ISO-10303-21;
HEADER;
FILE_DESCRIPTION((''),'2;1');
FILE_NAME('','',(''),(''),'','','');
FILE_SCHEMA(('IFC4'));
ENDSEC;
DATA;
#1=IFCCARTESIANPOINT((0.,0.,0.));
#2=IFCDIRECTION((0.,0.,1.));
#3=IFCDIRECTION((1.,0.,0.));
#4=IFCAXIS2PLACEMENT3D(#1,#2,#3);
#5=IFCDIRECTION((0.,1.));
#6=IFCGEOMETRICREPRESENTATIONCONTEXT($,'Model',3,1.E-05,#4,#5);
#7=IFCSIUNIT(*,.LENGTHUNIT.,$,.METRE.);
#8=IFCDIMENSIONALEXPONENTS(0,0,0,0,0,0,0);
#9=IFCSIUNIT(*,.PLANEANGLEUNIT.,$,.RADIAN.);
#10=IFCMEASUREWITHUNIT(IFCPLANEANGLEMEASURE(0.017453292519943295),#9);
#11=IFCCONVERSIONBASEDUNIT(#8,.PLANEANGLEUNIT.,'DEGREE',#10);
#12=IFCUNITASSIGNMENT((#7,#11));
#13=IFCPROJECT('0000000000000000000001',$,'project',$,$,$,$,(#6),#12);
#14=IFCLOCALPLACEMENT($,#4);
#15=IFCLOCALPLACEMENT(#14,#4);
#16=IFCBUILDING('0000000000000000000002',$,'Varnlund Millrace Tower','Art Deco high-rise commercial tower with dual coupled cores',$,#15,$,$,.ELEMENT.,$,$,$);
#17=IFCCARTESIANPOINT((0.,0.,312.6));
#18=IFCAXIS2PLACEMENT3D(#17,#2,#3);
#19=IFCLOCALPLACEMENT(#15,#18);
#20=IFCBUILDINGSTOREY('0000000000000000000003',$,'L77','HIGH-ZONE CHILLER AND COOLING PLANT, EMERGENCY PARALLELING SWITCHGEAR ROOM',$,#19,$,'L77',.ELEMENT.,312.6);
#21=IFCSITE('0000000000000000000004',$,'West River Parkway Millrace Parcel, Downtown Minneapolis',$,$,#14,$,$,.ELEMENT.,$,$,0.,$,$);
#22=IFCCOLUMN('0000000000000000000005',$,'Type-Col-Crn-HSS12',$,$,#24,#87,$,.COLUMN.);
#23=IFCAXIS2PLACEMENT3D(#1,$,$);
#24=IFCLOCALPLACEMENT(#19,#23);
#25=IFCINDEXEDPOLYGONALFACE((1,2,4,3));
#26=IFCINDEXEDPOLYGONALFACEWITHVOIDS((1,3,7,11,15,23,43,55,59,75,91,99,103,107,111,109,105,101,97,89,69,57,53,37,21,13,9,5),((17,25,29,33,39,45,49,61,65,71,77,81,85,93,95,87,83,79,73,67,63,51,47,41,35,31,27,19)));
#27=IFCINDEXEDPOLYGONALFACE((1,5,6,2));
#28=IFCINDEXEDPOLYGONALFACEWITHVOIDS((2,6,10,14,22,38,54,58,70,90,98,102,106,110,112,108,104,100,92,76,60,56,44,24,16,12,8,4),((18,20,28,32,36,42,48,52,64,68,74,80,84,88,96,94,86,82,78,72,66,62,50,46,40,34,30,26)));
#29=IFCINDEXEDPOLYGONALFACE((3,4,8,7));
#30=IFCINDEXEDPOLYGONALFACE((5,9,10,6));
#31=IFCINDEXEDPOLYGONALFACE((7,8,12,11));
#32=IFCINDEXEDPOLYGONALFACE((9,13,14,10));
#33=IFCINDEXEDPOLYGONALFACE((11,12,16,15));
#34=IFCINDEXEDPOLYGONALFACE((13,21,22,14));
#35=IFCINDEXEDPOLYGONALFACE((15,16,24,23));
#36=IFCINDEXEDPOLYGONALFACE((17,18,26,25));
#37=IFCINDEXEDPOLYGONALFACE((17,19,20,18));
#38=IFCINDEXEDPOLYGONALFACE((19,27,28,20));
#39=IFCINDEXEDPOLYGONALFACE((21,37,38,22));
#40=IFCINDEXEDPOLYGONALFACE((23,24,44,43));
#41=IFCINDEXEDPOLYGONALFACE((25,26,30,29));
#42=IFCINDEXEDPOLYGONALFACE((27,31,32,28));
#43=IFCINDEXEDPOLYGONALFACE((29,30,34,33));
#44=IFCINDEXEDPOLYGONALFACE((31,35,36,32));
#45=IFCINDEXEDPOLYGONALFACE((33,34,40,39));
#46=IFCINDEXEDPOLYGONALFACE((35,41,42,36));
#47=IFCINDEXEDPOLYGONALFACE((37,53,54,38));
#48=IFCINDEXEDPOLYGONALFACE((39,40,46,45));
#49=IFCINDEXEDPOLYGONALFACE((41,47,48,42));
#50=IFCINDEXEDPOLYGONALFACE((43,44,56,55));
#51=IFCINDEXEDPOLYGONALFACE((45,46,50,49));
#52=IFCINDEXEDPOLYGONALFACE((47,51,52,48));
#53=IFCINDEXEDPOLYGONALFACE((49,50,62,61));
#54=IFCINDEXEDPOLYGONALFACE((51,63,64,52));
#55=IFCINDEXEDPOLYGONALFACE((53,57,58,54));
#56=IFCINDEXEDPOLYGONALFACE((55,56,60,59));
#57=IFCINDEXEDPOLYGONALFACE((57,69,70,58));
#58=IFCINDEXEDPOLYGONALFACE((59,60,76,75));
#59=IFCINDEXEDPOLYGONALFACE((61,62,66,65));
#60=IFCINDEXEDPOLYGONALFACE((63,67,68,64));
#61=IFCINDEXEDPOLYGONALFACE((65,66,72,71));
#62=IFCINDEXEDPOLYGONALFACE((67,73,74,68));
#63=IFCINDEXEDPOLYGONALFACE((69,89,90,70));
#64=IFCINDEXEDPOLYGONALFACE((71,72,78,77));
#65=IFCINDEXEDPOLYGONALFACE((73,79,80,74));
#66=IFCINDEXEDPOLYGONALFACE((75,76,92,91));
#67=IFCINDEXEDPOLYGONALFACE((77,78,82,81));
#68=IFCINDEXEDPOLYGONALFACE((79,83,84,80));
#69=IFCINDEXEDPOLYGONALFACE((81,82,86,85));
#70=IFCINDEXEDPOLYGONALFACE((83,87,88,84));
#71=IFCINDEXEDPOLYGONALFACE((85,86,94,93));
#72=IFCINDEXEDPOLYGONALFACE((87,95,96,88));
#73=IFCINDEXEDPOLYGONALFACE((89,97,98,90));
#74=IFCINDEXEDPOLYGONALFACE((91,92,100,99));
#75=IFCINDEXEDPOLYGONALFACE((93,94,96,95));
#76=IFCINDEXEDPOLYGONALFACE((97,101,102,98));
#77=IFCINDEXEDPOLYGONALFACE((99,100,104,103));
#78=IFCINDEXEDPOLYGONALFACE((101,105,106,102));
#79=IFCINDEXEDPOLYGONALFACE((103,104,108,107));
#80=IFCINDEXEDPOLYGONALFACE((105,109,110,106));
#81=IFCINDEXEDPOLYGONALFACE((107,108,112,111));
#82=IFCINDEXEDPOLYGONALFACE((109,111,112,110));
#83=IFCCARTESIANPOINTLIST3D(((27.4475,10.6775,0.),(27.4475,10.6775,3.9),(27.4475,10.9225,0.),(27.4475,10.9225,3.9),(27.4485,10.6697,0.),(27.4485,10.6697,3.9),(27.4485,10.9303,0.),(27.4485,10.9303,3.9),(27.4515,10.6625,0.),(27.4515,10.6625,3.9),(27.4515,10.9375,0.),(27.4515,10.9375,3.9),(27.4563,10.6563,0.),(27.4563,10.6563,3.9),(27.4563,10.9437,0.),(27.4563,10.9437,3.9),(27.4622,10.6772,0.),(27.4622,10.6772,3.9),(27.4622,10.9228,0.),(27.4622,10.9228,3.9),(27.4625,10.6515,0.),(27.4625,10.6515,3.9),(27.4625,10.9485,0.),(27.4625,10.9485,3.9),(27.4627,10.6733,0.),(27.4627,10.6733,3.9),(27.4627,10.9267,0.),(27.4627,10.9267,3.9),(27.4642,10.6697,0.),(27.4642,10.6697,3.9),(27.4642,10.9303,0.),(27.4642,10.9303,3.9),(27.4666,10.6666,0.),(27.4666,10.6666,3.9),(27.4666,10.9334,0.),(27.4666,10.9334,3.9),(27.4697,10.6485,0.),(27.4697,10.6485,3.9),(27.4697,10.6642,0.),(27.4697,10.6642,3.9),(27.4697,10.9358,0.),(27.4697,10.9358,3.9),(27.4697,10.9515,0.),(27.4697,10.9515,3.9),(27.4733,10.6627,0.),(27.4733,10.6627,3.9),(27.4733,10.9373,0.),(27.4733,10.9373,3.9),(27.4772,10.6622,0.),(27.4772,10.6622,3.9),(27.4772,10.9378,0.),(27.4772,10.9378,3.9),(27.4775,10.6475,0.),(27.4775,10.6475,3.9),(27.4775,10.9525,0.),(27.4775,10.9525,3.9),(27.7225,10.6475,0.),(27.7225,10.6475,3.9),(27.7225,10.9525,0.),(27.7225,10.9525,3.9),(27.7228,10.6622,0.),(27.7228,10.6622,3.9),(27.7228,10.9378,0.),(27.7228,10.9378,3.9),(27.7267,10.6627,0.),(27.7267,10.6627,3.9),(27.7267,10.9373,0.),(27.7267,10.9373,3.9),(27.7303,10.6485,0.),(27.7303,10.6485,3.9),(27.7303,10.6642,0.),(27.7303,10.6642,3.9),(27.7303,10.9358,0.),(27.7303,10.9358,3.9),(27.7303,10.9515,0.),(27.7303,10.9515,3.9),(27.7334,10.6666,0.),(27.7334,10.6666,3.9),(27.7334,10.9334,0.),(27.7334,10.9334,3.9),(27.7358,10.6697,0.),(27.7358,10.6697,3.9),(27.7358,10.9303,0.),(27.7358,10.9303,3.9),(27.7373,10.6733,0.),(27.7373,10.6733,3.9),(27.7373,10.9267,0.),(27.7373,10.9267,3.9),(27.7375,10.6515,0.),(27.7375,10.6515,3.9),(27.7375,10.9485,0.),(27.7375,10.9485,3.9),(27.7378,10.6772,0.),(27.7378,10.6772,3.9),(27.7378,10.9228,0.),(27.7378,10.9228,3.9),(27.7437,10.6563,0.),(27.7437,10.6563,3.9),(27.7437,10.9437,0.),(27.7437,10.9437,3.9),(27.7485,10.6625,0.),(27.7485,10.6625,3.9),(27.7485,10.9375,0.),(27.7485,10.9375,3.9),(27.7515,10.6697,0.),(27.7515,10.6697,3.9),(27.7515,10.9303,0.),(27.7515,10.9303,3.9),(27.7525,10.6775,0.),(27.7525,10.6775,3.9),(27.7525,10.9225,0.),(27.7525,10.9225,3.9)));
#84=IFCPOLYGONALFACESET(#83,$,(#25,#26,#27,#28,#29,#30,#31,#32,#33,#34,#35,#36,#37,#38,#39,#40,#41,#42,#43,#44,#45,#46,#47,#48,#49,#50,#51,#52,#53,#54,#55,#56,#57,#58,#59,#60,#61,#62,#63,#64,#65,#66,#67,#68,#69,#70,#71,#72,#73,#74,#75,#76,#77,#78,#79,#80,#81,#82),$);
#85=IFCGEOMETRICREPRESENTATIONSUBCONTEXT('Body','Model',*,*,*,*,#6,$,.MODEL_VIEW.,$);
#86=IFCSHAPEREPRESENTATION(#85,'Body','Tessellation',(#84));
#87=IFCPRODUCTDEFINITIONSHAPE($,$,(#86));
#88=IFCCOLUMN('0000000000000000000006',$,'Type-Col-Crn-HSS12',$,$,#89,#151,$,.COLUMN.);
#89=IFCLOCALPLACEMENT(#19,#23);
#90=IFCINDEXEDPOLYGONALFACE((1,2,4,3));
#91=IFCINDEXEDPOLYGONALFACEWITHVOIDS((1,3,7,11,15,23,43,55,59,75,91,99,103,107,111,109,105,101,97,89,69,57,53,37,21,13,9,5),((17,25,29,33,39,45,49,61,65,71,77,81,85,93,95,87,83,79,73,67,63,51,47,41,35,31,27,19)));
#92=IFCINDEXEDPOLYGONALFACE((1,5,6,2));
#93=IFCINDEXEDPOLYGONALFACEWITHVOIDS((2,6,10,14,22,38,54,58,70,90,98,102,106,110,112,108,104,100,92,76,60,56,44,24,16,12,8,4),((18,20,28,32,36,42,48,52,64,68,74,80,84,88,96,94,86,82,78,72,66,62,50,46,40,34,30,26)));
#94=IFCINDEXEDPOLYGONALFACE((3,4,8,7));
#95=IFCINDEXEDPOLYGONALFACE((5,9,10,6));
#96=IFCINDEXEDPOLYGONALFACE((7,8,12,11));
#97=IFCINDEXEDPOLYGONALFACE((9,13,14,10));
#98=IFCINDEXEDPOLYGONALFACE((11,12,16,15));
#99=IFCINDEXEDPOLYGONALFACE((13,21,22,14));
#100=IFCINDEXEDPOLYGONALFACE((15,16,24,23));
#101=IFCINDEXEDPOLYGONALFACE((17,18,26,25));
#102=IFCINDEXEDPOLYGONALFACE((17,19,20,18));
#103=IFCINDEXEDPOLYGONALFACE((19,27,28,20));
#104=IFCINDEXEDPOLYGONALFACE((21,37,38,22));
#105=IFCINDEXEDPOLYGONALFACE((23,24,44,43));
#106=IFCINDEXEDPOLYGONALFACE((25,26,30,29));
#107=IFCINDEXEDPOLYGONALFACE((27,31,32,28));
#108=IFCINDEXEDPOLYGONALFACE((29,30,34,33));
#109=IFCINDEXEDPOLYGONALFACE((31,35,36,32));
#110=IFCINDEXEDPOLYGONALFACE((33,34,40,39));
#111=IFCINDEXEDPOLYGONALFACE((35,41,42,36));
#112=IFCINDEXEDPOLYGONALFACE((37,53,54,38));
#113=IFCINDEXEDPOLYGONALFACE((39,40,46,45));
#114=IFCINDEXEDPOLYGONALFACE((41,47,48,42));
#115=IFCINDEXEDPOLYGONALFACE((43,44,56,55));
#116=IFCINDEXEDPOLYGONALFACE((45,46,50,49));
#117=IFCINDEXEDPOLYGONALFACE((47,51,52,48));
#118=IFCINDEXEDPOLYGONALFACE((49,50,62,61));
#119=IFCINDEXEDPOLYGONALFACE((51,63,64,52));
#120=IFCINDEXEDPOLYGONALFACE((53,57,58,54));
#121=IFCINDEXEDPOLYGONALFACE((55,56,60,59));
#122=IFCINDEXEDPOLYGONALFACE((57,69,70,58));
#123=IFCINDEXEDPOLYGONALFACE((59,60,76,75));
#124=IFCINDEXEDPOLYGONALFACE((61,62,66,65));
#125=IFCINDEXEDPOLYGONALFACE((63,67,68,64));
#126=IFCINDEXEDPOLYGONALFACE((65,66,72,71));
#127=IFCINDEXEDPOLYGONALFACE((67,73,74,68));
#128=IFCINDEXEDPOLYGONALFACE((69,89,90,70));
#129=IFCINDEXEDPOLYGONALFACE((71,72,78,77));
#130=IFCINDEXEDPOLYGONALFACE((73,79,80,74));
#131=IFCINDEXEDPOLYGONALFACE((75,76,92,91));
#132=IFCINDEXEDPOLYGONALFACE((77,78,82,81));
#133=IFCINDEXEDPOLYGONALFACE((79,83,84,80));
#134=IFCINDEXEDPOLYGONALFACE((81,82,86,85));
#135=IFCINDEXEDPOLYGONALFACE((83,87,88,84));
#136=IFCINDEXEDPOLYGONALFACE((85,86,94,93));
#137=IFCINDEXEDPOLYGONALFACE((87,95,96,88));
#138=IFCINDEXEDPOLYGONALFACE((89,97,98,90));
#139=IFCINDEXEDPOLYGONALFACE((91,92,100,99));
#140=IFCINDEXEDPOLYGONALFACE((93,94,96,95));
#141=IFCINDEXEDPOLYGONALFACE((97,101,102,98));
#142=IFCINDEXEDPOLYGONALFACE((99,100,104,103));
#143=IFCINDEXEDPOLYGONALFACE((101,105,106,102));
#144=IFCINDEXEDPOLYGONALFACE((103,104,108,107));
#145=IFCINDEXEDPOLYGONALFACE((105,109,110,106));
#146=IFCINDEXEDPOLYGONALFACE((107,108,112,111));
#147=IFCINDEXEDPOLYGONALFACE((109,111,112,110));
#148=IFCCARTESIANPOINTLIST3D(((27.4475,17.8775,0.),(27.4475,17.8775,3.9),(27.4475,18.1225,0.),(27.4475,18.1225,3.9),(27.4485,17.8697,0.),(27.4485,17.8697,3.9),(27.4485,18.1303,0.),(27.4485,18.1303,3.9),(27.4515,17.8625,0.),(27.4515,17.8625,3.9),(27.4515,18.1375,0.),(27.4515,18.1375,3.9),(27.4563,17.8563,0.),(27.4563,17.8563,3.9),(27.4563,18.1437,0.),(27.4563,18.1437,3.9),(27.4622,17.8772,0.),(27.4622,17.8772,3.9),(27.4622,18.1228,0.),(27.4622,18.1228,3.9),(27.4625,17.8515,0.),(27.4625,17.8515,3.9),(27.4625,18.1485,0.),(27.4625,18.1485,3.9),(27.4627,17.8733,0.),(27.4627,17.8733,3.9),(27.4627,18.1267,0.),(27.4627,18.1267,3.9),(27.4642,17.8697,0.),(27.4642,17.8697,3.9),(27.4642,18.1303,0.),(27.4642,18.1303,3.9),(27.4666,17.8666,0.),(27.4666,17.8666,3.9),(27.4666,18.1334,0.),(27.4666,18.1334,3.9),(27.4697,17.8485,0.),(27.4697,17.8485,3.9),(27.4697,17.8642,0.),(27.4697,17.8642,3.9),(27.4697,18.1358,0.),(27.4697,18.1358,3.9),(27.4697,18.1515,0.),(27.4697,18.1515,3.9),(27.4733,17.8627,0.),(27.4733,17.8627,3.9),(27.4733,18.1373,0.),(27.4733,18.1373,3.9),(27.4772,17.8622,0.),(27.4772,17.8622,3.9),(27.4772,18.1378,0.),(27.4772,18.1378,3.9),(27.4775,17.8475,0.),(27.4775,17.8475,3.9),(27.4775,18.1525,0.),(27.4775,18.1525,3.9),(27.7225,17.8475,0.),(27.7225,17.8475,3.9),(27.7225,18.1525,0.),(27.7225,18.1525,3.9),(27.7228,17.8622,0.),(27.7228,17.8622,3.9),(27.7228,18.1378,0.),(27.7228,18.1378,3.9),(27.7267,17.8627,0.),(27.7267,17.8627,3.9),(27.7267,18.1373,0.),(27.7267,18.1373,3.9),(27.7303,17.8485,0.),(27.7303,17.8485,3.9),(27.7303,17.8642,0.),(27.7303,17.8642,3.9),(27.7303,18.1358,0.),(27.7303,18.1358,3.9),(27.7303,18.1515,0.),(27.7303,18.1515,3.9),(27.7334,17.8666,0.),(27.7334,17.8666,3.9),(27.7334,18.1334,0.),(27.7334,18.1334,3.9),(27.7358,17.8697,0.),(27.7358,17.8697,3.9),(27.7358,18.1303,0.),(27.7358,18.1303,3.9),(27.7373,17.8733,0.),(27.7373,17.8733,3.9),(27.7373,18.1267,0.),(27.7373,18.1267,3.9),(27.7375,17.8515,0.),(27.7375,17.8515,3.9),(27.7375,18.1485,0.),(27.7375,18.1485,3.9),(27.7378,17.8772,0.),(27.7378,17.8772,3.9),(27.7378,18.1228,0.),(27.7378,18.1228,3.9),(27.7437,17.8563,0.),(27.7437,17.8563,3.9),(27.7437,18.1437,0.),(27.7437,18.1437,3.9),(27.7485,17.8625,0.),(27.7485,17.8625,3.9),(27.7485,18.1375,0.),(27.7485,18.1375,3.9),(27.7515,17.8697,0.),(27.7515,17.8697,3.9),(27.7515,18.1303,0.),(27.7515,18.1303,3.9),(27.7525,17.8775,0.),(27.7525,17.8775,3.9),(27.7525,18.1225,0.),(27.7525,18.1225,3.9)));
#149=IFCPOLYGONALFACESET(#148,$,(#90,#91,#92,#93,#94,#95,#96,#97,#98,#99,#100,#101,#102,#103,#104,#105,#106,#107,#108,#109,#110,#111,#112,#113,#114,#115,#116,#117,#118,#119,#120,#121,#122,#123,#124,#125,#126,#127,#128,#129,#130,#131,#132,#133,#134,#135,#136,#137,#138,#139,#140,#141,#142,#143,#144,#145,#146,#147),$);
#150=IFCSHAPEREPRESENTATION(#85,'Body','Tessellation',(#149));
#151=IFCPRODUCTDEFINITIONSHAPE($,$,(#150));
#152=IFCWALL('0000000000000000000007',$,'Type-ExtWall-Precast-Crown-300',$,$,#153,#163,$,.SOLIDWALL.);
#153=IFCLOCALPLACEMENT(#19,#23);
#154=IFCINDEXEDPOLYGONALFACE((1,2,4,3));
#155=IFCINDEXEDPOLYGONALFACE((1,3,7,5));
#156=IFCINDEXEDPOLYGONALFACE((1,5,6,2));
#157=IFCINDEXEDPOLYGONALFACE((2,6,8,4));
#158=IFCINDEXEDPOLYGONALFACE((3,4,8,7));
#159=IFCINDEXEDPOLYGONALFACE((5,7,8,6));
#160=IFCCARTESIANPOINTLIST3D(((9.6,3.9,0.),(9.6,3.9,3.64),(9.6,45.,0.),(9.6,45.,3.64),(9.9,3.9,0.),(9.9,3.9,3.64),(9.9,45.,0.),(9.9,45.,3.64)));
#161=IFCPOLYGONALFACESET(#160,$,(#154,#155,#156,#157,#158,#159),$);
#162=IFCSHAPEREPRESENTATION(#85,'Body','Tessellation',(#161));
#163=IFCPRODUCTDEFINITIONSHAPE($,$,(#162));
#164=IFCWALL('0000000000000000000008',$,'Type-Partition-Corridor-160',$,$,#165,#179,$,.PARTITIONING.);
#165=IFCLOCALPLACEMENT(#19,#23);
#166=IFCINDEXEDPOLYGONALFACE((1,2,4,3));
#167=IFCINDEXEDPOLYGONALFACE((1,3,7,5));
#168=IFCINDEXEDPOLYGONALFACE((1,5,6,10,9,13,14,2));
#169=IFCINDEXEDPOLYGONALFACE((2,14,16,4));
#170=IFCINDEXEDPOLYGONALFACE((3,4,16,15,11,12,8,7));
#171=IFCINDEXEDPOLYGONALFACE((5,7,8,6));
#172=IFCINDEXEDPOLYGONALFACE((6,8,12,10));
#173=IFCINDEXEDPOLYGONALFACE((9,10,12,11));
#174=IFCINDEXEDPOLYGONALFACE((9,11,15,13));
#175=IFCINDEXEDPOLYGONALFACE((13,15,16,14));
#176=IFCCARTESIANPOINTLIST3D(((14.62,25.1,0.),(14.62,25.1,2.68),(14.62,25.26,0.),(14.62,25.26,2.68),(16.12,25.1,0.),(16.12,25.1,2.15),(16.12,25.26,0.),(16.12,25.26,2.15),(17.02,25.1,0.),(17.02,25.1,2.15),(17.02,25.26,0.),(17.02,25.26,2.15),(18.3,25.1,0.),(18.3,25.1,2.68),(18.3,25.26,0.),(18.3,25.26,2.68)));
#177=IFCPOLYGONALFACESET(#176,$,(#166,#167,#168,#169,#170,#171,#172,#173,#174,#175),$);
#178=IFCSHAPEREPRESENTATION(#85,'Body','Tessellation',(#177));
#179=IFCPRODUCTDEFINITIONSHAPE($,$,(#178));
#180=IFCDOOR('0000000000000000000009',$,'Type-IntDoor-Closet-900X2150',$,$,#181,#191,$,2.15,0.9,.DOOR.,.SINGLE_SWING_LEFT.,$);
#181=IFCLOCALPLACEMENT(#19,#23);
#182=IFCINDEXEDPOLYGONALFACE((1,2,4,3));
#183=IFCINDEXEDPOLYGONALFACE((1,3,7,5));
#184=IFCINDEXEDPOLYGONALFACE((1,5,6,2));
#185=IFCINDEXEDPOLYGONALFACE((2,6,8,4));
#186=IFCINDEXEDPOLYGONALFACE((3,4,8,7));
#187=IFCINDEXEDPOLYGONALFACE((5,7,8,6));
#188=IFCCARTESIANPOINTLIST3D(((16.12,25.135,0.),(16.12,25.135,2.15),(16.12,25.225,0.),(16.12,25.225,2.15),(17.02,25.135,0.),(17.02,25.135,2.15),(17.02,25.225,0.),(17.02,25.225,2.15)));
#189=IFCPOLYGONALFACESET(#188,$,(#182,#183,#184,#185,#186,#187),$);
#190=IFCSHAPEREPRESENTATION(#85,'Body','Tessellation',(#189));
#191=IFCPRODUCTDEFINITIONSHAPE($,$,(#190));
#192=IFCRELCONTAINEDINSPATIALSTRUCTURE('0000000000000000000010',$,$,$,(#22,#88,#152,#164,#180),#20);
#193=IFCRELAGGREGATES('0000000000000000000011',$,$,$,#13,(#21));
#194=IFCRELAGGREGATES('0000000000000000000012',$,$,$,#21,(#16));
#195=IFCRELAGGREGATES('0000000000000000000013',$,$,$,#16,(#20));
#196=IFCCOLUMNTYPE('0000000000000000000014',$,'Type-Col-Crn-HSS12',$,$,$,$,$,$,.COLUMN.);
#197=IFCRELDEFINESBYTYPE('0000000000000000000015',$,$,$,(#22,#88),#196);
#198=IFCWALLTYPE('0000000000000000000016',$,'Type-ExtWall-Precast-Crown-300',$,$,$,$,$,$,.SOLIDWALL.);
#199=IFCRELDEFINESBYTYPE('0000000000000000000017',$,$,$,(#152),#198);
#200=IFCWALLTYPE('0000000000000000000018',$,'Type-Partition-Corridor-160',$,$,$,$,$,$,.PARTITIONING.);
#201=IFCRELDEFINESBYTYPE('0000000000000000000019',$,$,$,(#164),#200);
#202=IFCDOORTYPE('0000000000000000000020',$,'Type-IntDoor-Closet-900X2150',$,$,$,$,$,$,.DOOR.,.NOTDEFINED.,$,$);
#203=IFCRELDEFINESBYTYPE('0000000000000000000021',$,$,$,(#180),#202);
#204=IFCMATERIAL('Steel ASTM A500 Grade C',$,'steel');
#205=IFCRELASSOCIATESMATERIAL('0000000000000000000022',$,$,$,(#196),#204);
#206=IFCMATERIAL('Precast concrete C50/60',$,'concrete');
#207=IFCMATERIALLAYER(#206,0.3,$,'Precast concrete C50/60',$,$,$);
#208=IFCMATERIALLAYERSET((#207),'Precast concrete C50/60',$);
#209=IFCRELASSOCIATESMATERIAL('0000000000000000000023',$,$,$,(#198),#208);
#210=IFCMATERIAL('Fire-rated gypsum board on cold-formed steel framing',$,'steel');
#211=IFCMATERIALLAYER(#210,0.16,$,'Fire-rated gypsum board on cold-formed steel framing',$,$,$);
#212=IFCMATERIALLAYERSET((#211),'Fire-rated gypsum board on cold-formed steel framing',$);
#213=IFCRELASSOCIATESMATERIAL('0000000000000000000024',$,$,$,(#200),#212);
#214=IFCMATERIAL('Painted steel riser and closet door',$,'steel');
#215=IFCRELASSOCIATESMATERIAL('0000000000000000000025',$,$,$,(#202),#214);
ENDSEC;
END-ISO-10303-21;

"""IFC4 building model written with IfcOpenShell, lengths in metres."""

from ifc_helpers import new_model, entity, si_unit, converted_unit, direction, frame, origin_with_axes, origin_2d_with_axis, place, context, subcontext, project, spatial, polyline, rectangle, hollow_rectangle, outline, extrude, material, layer, layer_set, material_profile, profile_set, type_object, element, fill, save


model = new_model("IFC4")

# Units and contexts
model_context = context("Model", 3, precision=1e-05, world=origin_with_axes(), true_north=direction((0.0, 1.0)))
body_context = subcontext(model_context, "Body", "Model", "MODEL_VIEW")
ifc_project = project(units=[si_unit("LENGTHUNIT", "METRE"), converted_unit("PLANEANGLEUNIT", "DEGREE", entity("IfcPlaneAngleMeasure", 0.017453292519943295), si_unit("PLANEANGLEUNIT", "RADIAN"), dimensions=[0, 0, 0, 0, 0, 0, 0])], contexts=[model_context])

# Site, building, storey
site_placement = place(None, origin_with_axes())
site = spatial("IfcSite", under=ifc_project, at=site_placement, Name="West River Parkway Millrace Parcel, Downtown Minneapolis", CompositionType="ELEMENT", RefElevation=0.0)
building_placement = place(site_placement, origin_with_axes())
building = spatial("IfcBuilding", under=site, at=building_placement, Name="Varnlund Millrace Tower", Description="Art Deco high-rise commercial tower with dual coupled cores", CompositionType="ELEMENT")
storey_placement = place(building_placement, frame((0.0, 0.0, 312.6), z_axis=(0.0, 0.0, 1.0), x_axis=(1.0, 0.0, 0.0)))
storey = spatial("IfcBuildingStorey", under=building, at=storey_placement, Name="L77", Description="HIGH-ZONE CHILLER AND COOLING PLANT, EMERGENCY PARALLELING SWITCHGEAR ROOM", LongName="L77", CompositionType="ELEMENT", Elevation=312.6)

# Columns
ifc_material_1 = material(Name="Steel ASTM A500 Grade C", Category="steel")
ifc_material_profile = material_profile(ifc_material_1, hollow_rectangle(XDim=0.305, YDim=0.305, WallThickness=0.0147, InnerFilletRadius=0.015, OuterFilletRadius=0.03, at=origin_2d_with_axis()), Name="Steel ASTM A500 Grade C")
ifc_profile_set = profile_set([ifc_material_profile], Name="Steel ASTM A500 Grade C")
column_type = type_object("IfcColumnType", Name="Type-Col-Crn-HSS12", PredefinedType="COLUMN", material=ifc_profile_set)
for number, where, z_axis, x_axis, name in (
    (1, (27.6, 10.8, 0.0), (0.0, 0.0, 1.0), (1.0, 0.0, 0.0), "Type-Col-Crn-HSS12"),
    (2, (27.6, 18.0, 0.0), (0.0, 0.0, 1.0), (1.0, 0.0, 0.0), "Type-Col-Crn-HSS12"),
):
    element("IfcColumn", number, at=place(storey_placement, frame(where, z_axis=z_axis, x_axis=x_axis)), inside=storey, type_object=column_type, Name=name, PredefinedType="COLUMN", context=body_context, shape_type="SweptSolid", body=[
        extrude(hollow_rectangle(XDim=0.305, YDim=0.305, WallThickness=0.0147, InnerFilletRadius=0.015, OuterFilletRadius=0.03, at=origin_2d_with_axis()), origin_with_axes(), (0.0, 0.0, 1.0), 3.9),
    ])

# Wall
ifc_material_2 = material(Name="Precast concrete C50/60", Category="concrete")
ifc_layer_1 = layer(ifc_material_2, 0.3, Name="Precast concrete C50/60")
ifc_layer_set_1 = layer_set([ifc_layer_1], Name="Precast concrete C50/60")
wall_type_1 = type_object("IfcWallType", Name="Type-ExtWall-Precast-Crown-300", PredefinedType="SOLIDWALL", material=ifc_layer_set_1)
wall_1_placement = place(storey_placement, frame((9.75, 3.9, 0.0), z_axis=(0.0, 0.0, 1.0), x_axis=(0.0, 1.0, 0.0)))
element("IfcWall", 3, at=wall_1_placement, inside=storey, type_object=wall_type_1, Name="Type-ExtWall-Precast-Crown-300", PredefinedType="SOLIDWALL", context=body_context, shape_type="SweptSolid", body=[
    extrude(outline(polyline([(0.0, -0.15), (41.1, -0.15), (41.1, 0.15), (0.0, 0.15), (0.0, -0.15)])), origin_with_axes(), (0.0, 0.0, 1.0), 3.64),
])

# Wall, opening, door
ifc_material_3 = material(Name="Fire-rated gypsum board on cold-formed steel framing", Category="steel")
ifc_layer_2 = layer(ifc_material_3, 0.16, Name="Fire-rated gypsum board on cold-formed steel framing")
ifc_layer_set_2 = layer_set([ifc_layer_2], Name="Fire-rated gypsum board on cold-formed steel framing")
wall_type_2 = type_object("IfcWallType", Name="Type-Partition-Corridor-160", PredefinedType="PARTITIONING", material=ifc_layer_set_2)
wall_2_placement = place(storey_placement, frame((14.62, 25.18, 0.0), z_axis=(0.0, 0.0, 1.0), x_axis=(1.0, 0.0, 0.0)))
wall_2 = element("IfcWall", 4, at=wall_2_placement, inside=storey, type_object=wall_type_2, Name="Type-Partition-Corridor-160", PredefinedType="PARTITIONING", context=body_context, shape_type="SweptSolid", body=[
    extrude(outline(polyline([(0.0, -0.08), (3.68, -0.08), (3.68, 0.08), (0.0, 0.08), (0.0, -0.08)])), origin_with_axes(), (0.0, 0.0, 1.0), 2.68),
])
opening_1_placement = place(wall_2_placement, frame((1.95, 0.0, 0.0), z_axis=(0.0, 0.0, 1.0), x_axis=(1.0, 0.0, 0.0)))
opening_1 = element("IfcOpeningElement", 5, at=opening_1_placement, cuts=wall_2, PredefinedType="OPENING", context=body_context, shape_type="SweptSolid", body=[
    extrude(rectangle(XDim=0.9, YDim=0.18, at=origin_2d_with_axis()), origin_with_axes(), (0.0, 0.0, 1.0), 2.15),
])
ifc_material_4 = material(Name="Painted steel riser and closet door", Category="steel")
door_type_1 = type_object("IfcDoorType", Name="Type-IntDoor-Closet-900X2150", OperationType="NOTDEFINED", PredefinedType="DOOR", material=ifc_material_4)
door_1_placement = place(wall_2_placement, frame((1.95, 0.0, 0.0), z_axis=(0.0, 0.0, 1.0), x_axis=(1.0, 0.0, 0.0)))
door_1 = element("IfcDoor", 6, at=door_1_placement, inside=storey, type_object=door_type_1, Name="Type-IntDoor-Closet-900X2150", OperationType="SINGLE_SWING_LEFT", OverallHeight=2.15, OverallWidth=0.9, PredefinedType="DOOR", context=body_context, shape_type="SweptSolid", body=[
    extrude(rectangle(XDim=0.9, YDim=0.09, at=origin_2d_with_axis()), origin_with_axes(), (0.0, 0.0, 1.0), 2.15),
])
fill(opening_1, door_1)

save(model, "model.ifc")
